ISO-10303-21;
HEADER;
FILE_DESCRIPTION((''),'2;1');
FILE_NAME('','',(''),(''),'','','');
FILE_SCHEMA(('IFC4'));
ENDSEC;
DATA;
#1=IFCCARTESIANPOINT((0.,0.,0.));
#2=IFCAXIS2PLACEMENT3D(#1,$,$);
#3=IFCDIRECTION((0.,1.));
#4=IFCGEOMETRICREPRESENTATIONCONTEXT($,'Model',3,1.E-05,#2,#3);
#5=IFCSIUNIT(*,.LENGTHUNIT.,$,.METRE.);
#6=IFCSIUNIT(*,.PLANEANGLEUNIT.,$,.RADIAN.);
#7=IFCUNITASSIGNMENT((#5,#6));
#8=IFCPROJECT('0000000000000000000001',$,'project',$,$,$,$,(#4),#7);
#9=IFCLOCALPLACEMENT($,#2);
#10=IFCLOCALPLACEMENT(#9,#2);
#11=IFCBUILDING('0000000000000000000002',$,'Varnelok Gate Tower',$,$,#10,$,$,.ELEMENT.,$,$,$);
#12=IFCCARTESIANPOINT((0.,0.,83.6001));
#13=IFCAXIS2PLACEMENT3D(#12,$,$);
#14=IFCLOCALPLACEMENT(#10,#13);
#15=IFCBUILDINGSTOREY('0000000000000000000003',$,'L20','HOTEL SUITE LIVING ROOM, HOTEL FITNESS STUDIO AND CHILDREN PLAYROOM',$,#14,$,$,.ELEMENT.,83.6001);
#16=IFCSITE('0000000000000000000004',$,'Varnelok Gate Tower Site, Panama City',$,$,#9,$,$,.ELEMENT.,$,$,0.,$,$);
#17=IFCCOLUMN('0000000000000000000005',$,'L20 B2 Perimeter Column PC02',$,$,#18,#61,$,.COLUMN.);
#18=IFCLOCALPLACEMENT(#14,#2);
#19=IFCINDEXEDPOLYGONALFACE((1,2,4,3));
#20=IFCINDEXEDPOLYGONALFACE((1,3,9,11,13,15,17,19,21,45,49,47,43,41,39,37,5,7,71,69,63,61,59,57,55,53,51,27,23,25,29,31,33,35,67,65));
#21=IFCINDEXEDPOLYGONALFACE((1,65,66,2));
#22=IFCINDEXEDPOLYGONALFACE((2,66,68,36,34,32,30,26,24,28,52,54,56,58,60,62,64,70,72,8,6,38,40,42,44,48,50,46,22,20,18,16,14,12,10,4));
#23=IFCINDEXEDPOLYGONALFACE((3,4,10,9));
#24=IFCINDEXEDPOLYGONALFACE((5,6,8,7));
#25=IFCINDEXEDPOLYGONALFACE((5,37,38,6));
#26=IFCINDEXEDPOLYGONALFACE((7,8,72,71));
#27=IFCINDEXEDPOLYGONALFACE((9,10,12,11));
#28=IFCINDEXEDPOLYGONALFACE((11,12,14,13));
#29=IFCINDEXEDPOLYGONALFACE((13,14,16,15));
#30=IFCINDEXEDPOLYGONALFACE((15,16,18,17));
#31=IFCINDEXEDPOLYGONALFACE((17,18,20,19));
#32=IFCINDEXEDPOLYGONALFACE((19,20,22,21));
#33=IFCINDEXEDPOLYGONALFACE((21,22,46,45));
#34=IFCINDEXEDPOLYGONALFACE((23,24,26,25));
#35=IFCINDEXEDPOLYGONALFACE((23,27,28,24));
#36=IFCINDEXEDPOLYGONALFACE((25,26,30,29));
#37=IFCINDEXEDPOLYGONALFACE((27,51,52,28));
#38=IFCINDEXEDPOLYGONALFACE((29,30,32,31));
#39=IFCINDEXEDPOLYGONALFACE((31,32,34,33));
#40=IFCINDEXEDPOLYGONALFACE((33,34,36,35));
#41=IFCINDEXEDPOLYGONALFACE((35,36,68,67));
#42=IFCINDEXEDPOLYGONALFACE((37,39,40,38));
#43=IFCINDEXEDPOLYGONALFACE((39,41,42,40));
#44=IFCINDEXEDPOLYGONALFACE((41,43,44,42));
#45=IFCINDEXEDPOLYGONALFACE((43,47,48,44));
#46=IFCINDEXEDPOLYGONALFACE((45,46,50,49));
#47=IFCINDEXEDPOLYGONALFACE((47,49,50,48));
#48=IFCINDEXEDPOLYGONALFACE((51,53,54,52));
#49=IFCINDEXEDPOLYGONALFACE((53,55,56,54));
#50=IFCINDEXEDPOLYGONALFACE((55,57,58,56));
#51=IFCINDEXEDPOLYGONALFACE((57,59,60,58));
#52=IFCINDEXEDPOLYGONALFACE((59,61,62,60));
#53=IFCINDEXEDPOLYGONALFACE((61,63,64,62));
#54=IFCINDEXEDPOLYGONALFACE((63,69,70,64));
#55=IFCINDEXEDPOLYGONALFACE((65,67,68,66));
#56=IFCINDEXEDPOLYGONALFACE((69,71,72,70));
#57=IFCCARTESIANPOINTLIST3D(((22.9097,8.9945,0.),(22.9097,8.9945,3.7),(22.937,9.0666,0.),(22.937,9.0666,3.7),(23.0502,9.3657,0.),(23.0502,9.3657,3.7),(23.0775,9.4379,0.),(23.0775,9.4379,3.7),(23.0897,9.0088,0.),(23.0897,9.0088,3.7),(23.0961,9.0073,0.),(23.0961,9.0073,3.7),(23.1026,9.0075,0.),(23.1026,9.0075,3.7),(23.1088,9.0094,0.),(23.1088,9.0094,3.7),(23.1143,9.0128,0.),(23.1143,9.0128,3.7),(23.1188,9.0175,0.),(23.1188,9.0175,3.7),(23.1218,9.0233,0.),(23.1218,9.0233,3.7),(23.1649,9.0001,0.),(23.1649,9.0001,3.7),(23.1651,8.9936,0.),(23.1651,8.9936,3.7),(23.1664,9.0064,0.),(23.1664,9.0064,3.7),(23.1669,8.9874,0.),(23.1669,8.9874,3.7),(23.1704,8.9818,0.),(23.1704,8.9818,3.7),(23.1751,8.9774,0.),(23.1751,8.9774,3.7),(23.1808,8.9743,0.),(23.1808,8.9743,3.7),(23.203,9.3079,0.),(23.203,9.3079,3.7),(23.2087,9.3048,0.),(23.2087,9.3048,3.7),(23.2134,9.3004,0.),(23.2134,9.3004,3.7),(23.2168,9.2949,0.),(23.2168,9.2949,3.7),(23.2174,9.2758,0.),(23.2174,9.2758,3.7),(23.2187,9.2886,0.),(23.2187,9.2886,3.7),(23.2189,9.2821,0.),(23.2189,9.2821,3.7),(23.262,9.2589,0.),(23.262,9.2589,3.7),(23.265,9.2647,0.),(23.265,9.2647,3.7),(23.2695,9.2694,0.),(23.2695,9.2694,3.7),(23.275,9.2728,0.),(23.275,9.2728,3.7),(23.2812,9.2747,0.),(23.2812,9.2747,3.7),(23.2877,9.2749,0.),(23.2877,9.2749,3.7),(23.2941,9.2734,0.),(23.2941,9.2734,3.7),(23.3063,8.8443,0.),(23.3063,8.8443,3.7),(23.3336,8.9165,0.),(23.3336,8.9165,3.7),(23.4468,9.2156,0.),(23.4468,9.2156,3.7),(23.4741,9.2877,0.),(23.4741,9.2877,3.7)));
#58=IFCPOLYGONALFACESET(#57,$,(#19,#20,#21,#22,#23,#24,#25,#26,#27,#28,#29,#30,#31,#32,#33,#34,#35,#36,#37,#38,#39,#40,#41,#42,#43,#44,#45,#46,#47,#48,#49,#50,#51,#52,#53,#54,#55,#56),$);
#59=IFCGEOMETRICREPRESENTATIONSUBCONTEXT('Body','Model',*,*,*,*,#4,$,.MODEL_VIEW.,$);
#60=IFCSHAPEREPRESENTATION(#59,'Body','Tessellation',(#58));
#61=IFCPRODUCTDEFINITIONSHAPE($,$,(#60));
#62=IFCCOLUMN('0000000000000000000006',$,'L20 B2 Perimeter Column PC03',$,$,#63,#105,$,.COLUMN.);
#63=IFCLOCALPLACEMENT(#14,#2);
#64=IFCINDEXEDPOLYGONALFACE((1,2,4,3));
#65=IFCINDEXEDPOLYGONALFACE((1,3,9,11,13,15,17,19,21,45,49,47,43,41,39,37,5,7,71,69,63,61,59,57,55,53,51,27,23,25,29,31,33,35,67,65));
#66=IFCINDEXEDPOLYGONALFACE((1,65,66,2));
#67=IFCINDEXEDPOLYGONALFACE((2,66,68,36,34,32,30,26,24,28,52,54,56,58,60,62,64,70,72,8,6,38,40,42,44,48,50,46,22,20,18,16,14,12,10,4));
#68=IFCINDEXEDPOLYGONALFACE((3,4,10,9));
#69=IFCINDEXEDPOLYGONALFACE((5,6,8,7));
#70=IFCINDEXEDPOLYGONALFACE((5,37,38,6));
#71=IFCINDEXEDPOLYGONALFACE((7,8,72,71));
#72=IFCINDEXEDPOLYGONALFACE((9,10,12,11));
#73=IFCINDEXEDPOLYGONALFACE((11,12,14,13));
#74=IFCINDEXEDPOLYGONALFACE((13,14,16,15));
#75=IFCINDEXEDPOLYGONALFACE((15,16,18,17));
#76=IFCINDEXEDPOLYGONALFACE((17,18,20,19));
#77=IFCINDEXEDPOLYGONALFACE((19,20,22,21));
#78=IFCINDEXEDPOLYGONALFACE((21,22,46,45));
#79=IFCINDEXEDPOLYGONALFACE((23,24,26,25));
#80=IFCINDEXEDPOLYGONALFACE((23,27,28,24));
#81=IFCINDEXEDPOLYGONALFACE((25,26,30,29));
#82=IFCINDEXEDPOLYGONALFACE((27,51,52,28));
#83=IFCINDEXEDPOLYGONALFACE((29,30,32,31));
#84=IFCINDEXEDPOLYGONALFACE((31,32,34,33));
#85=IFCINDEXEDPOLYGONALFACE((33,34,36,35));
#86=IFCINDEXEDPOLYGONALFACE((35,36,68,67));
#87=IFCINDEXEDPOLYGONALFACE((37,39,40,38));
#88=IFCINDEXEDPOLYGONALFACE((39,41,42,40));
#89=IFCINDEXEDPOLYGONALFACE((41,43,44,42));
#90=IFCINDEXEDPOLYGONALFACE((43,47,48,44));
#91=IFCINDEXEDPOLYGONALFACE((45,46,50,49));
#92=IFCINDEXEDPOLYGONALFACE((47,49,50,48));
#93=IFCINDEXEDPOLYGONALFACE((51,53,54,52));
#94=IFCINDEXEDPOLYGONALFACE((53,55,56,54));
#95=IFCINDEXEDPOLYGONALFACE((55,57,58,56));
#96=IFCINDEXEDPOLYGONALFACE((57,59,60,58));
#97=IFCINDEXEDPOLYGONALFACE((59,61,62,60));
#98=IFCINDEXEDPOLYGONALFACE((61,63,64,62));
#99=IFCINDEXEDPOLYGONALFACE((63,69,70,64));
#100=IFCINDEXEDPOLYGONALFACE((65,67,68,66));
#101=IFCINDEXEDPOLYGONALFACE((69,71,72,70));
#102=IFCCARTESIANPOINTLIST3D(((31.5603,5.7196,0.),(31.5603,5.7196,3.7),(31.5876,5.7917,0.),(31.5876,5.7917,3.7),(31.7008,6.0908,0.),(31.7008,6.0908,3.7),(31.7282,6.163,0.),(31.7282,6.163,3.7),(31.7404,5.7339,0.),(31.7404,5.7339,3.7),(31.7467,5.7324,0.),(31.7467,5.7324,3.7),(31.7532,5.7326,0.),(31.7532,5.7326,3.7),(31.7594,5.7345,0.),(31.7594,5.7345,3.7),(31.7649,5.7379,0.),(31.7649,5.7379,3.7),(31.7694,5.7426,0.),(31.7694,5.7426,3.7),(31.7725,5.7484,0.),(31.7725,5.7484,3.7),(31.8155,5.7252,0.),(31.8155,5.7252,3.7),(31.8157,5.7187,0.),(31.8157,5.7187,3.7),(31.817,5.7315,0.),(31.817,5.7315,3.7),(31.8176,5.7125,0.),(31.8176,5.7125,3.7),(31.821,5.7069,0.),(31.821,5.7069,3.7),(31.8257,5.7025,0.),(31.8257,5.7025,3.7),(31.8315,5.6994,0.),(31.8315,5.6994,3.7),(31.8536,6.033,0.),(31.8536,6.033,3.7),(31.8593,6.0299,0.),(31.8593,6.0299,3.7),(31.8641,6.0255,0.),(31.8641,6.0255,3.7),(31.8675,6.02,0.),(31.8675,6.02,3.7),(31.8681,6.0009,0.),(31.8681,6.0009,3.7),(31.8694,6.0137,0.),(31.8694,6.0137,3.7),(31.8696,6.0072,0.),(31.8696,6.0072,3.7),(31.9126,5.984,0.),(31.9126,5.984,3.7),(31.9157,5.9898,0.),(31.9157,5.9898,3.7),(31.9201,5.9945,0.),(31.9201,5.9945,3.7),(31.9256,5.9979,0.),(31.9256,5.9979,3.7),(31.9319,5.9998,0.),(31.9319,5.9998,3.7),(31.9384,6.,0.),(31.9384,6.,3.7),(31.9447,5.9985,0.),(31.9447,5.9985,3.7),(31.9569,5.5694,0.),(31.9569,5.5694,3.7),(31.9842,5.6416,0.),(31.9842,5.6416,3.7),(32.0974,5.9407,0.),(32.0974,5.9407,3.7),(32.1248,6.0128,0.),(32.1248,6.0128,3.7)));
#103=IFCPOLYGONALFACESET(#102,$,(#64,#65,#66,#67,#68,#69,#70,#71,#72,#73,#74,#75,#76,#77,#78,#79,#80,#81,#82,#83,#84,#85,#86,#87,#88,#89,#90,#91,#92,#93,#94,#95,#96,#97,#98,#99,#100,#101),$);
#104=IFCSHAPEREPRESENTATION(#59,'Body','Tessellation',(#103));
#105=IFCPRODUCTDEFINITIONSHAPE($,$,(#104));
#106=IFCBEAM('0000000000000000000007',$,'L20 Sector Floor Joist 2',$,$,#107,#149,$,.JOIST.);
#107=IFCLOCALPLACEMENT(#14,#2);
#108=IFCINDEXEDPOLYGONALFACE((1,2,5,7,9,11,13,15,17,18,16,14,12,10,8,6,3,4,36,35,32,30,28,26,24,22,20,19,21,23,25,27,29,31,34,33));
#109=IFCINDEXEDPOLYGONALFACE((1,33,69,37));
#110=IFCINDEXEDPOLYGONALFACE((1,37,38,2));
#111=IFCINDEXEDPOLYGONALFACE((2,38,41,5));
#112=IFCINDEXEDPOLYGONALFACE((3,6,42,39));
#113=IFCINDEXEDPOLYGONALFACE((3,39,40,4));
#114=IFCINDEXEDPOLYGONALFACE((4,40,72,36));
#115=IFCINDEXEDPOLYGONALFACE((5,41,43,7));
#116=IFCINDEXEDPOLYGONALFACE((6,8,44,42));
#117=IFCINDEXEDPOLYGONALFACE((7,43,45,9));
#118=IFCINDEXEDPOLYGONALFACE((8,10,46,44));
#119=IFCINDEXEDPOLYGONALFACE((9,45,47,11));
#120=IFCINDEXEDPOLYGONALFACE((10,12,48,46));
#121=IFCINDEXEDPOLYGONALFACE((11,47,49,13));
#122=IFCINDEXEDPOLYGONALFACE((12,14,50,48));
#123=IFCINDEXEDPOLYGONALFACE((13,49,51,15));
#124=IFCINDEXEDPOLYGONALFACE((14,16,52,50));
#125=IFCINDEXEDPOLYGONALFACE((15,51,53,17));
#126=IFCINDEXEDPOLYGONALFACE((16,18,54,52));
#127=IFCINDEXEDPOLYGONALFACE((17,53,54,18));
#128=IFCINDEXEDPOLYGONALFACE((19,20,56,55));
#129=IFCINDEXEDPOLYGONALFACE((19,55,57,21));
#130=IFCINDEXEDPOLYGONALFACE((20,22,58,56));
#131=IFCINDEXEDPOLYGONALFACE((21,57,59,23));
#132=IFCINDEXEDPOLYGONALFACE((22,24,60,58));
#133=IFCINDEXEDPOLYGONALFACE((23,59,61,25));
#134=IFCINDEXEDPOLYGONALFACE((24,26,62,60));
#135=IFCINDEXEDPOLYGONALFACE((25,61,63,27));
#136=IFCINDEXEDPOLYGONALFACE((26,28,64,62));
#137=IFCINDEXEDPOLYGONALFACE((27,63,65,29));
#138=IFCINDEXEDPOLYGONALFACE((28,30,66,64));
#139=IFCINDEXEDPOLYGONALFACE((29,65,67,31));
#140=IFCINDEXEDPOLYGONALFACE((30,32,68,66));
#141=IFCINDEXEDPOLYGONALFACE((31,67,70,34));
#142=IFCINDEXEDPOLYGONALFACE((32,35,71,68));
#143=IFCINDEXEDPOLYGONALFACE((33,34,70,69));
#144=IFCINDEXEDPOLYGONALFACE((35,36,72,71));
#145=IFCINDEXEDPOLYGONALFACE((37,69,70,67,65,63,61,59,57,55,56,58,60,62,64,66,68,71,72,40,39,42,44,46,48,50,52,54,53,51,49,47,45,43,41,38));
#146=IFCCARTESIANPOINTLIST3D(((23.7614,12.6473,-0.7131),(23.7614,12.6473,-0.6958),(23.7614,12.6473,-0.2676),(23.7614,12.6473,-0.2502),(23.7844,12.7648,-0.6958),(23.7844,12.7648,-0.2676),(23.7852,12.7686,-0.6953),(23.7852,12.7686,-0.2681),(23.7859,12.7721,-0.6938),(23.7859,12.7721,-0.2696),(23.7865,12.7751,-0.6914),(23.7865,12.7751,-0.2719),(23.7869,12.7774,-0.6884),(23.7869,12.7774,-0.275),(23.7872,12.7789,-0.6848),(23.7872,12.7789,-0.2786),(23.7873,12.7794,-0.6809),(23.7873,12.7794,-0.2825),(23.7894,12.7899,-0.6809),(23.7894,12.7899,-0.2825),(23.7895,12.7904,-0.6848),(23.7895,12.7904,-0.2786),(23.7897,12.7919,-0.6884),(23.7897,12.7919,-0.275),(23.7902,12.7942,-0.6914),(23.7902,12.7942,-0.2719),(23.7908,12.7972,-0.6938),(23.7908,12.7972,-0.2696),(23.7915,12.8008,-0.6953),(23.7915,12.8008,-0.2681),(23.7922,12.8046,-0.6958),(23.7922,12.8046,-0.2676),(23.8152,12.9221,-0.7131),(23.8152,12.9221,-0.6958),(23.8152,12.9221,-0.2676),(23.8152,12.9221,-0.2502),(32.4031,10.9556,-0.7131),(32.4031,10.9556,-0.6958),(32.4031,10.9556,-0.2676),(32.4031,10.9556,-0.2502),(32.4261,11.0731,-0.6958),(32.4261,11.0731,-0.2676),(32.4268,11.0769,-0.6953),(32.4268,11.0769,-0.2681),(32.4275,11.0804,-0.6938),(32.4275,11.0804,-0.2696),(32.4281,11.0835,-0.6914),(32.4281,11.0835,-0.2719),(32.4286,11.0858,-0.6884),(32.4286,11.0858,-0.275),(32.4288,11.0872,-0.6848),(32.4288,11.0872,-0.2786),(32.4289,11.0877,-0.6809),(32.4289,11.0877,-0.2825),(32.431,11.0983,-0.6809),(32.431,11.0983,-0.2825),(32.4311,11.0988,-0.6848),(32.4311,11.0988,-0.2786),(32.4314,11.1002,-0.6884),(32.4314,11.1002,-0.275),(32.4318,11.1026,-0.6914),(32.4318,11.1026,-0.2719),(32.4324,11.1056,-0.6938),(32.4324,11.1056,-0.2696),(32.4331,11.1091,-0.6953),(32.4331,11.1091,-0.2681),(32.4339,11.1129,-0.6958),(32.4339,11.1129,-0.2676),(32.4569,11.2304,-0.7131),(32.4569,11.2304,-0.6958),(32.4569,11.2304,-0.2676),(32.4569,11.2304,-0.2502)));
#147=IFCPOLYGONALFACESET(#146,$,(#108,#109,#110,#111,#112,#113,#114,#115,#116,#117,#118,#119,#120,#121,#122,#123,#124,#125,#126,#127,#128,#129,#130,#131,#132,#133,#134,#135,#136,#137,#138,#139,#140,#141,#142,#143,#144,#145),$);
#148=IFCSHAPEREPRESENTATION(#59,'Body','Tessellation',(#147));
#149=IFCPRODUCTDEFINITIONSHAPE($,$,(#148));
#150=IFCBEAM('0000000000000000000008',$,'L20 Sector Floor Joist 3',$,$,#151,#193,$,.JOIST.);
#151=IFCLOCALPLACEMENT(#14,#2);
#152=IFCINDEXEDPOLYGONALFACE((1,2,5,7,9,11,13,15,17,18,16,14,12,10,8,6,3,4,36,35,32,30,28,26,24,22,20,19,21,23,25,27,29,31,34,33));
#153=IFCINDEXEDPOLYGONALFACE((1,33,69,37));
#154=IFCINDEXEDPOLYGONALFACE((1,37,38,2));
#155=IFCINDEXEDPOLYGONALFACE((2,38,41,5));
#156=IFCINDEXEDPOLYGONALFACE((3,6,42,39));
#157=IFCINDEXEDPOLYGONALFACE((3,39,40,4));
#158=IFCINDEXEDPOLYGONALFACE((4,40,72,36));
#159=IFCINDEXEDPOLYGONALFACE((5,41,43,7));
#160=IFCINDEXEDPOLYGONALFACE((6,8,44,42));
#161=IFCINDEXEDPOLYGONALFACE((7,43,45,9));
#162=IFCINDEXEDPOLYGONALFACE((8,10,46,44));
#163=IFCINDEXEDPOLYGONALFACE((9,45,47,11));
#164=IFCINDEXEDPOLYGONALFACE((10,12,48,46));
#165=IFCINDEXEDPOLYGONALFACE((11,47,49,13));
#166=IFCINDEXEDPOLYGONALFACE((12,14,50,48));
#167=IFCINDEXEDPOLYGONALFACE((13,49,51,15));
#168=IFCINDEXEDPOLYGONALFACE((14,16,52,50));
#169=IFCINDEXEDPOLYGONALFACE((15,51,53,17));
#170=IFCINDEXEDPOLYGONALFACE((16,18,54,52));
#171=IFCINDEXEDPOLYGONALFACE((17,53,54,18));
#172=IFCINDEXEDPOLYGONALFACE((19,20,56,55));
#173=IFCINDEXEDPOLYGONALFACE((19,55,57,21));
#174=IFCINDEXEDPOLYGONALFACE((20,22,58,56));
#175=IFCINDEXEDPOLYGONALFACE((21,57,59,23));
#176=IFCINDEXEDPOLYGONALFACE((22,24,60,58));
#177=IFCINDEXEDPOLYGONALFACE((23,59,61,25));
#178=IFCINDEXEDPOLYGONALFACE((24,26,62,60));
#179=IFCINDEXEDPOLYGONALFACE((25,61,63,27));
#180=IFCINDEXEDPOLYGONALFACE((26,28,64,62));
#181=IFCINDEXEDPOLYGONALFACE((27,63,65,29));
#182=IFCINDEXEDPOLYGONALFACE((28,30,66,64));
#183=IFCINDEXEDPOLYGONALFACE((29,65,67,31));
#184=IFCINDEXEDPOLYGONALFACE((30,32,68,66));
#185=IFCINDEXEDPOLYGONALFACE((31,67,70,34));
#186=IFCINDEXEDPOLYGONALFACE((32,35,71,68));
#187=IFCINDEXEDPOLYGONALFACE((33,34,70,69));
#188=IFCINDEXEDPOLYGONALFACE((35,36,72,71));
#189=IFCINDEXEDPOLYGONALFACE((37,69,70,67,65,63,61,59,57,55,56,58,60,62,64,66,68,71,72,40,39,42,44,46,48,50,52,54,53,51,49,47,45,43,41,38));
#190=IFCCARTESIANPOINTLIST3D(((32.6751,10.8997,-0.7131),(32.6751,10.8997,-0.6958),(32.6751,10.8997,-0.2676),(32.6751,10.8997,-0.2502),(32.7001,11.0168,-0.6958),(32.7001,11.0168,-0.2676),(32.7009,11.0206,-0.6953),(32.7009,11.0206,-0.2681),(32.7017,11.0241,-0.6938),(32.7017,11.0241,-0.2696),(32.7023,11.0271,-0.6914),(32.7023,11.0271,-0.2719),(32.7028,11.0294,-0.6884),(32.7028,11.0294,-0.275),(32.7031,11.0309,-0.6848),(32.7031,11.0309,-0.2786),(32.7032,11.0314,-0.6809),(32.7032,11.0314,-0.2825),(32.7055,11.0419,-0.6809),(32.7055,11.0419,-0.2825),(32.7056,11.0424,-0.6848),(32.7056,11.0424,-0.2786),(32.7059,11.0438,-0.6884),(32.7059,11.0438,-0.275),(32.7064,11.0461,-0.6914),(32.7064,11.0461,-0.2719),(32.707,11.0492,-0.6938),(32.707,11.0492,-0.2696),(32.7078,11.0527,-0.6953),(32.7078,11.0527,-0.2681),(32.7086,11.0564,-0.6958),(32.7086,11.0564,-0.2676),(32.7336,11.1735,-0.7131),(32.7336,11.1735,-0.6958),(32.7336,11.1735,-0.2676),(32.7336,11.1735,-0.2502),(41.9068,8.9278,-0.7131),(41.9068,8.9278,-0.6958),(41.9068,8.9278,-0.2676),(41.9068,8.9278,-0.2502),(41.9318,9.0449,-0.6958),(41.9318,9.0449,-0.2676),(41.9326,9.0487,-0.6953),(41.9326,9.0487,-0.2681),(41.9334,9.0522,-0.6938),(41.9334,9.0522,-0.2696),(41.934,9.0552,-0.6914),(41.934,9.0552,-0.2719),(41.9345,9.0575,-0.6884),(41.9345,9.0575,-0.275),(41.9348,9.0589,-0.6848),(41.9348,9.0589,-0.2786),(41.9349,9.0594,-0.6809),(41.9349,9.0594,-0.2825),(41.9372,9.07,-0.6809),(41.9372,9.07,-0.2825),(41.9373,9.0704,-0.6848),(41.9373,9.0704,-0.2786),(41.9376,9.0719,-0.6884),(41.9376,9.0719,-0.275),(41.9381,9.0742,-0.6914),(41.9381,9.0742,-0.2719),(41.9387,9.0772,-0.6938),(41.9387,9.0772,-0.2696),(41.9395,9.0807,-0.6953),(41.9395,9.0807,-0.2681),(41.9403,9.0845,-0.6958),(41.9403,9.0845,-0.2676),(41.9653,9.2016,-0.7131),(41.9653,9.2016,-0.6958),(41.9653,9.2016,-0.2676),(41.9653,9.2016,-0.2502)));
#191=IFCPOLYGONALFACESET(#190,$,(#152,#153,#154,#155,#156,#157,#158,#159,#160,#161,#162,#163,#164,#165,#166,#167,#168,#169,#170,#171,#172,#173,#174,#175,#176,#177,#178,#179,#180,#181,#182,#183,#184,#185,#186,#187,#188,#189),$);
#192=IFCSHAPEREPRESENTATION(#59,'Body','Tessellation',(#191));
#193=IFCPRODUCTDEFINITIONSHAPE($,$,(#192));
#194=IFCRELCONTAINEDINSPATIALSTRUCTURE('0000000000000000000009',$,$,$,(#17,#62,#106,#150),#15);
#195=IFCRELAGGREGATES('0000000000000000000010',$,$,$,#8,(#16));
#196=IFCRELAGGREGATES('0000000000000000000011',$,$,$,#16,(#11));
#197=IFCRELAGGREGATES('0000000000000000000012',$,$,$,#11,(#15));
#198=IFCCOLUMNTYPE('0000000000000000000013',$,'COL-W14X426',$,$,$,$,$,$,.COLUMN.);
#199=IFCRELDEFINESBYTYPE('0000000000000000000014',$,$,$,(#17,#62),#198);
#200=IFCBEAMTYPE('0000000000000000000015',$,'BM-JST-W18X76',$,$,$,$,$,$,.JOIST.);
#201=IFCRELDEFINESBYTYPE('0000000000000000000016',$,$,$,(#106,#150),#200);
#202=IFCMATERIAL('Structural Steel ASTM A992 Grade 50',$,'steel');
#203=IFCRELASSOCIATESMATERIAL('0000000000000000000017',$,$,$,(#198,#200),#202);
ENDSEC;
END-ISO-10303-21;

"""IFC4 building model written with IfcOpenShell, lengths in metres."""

from ifc_helpers import new_model, si_unit, direction, frame, origin, origin_2d, place, context, subcontext, project, spatial, i_section, extrude, material, material_profile, profile_set, type_object, element, save


model = new_model("IFC4")

# Units and contexts
model_context = context("Model", 3, precision=1e-05, world=origin(), true_north=direction((0.0, 1.0)))
body_context = subcontext(model_context, "Body", "Model", "MODEL_VIEW")
ifc_project = project(units=[si_unit("LENGTHUNIT", "METRE"), si_unit("PLANEANGLEUNIT", "RADIAN")], contexts=[model_context])

# Site, building, storey
site_placement = place(None, origin())
site = spatial("IfcSite", under=ifc_project, at=site_placement, Name="Varnelok Gate Tower Site, Panama City", CompositionType="ELEMENT", RefElevation=0.0)
building_placement = place(site_placement, origin())
building = spatial("IfcBuilding", under=site, at=building_placement, Name="Varnelok Gate Tower", CompositionType="ELEMENT")
storey_placement = place(building_placement, frame((0.0, 0.0, 83.6001)))
storey = spatial("IfcBuildingStorey", under=building, at=storey_placement, Name="L20", Description="HOTEL SUITE LIVING ROOM, HOTEL FITNESS STUDIO AND CHILDREN PLAYROOM", CompositionType="ELEMENT", Elevation=83.6001)

# Columns
ifc_material_1 = material(Name="Structural Steel ASTM A992 Grade 50", Category="steel")
ifc_material_profile_1 = material_profile(ifc_material_1, i_section(OverallWidth=0.4241, OverallDepth=0.4741, WebThickness=0.0476, FlangeThickness=0.0771, FilletRadius=0.0249, at=origin_2d()), Name="W14X426")
ifc_profile_set_1 = profile_set([ifc_material_profile_1], Name="Structural Steel ASTM A992 Grade 50")
column_type = type_object("IfcColumnType", Name="COL-W14X426", PredefinedType="COLUMN", material=ifc_profile_set_1)
for number, where, z_axis, x_axis, name in (
    (1, (23.1919, 9.1411, 0.0), (0.0, 0.0, 1.0), (0.935222, -0.354063, 0.0), "L20 B2 Perimeter Column PC02"),
    (2, (31.8425, 5.8662, 0.0), (0.0, 0.0, 1.0), (0.935222, -0.354063, 0.0), "L20 B2 Perimeter Column PC03"),
):
    element("IfcColumn", number, at=place(storey_placement, frame(where, z_axis=z_axis, x_axis=x_axis)), inside=storey, type_object=column_type, Name=name, PredefinedType="COLUMN", context=body_context, shape_type="SweptSolid", body=[
        extrude(i_section(OverallWidth=0.4241, OverallDepth=0.4741, WebThickness=0.0476, FlangeThickness=0.0771, FilletRadius=0.0249, at=origin_2d()), origin(), (0.0, 0.0, 1.0), 3.7),
    ])

# Beams
ifc_material_profile_2 = material_profile(ifc_material_1, i_section(OverallWidth=0.28, OverallDepth=0.4629, WebThickness=0.0107, FlangeThickness=0.0173, FilletRadius=0.0149, at=origin_2d()), Name="W18X76")
ifc_profile_set_2 = profile_set([ifc_material_profile_2], Name="Structural Steel ASTM A992 Grade 50")
beam_type_1 = type_object("IfcBeamType", Name="BM-JST-W18X76", PredefinedType="JOIST", material=ifc_profile_set_2)
beam_1_placement = place(storey_placement, frame((23.7883, 12.7847, -0.4817), z_axis=(0.981373, -0.19211, 0.0), x_axis=(0.19211, 0.981373, 0.0)))
element("IfcBeam", 3, at=beam_1_placement, inside=storey, type_object=beam_type_1, Name="L20 Sector Floor Joist 2", PredefinedType="JOIST", context=body_context, shape_type="SweptSolid", body=[
    extrude(i_section(OverallWidth=0.28, OverallDepth=0.4629, WebThickness=0.0107, FlangeThickness=0.0173, FilletRadius=0.0149, at=origin_2d()), origin(), (0.0, 0.0, 1.0), 8.8057),
])
beam_2_placement = place(storey_placement, frame((32.7043, 11.0366, -0.4817), z_axis=(0.977939, -0.208891, 0.0), x_axis=(0.208891, 0.977939, 0.0)))
element("IfcBeam", 4, at=beam_2_placement, inside=storey, type_object=beam_type_1, Name="L20 Sector Floor Joist 3", PredefinedType="JOIST", context=body_context, shape_type="SweptSolid", body=[
    extrude(i_section(OverallWidth=0.28, OverallDepth=0.4629, WebThickness=0.0107, FlangeThickness=0.0173, FilletRadius=0.0149, at=origin_2d()), origin(), (0.0, 0.0, 1.0), 9.4399),
])

save(model, "model.ifc")
